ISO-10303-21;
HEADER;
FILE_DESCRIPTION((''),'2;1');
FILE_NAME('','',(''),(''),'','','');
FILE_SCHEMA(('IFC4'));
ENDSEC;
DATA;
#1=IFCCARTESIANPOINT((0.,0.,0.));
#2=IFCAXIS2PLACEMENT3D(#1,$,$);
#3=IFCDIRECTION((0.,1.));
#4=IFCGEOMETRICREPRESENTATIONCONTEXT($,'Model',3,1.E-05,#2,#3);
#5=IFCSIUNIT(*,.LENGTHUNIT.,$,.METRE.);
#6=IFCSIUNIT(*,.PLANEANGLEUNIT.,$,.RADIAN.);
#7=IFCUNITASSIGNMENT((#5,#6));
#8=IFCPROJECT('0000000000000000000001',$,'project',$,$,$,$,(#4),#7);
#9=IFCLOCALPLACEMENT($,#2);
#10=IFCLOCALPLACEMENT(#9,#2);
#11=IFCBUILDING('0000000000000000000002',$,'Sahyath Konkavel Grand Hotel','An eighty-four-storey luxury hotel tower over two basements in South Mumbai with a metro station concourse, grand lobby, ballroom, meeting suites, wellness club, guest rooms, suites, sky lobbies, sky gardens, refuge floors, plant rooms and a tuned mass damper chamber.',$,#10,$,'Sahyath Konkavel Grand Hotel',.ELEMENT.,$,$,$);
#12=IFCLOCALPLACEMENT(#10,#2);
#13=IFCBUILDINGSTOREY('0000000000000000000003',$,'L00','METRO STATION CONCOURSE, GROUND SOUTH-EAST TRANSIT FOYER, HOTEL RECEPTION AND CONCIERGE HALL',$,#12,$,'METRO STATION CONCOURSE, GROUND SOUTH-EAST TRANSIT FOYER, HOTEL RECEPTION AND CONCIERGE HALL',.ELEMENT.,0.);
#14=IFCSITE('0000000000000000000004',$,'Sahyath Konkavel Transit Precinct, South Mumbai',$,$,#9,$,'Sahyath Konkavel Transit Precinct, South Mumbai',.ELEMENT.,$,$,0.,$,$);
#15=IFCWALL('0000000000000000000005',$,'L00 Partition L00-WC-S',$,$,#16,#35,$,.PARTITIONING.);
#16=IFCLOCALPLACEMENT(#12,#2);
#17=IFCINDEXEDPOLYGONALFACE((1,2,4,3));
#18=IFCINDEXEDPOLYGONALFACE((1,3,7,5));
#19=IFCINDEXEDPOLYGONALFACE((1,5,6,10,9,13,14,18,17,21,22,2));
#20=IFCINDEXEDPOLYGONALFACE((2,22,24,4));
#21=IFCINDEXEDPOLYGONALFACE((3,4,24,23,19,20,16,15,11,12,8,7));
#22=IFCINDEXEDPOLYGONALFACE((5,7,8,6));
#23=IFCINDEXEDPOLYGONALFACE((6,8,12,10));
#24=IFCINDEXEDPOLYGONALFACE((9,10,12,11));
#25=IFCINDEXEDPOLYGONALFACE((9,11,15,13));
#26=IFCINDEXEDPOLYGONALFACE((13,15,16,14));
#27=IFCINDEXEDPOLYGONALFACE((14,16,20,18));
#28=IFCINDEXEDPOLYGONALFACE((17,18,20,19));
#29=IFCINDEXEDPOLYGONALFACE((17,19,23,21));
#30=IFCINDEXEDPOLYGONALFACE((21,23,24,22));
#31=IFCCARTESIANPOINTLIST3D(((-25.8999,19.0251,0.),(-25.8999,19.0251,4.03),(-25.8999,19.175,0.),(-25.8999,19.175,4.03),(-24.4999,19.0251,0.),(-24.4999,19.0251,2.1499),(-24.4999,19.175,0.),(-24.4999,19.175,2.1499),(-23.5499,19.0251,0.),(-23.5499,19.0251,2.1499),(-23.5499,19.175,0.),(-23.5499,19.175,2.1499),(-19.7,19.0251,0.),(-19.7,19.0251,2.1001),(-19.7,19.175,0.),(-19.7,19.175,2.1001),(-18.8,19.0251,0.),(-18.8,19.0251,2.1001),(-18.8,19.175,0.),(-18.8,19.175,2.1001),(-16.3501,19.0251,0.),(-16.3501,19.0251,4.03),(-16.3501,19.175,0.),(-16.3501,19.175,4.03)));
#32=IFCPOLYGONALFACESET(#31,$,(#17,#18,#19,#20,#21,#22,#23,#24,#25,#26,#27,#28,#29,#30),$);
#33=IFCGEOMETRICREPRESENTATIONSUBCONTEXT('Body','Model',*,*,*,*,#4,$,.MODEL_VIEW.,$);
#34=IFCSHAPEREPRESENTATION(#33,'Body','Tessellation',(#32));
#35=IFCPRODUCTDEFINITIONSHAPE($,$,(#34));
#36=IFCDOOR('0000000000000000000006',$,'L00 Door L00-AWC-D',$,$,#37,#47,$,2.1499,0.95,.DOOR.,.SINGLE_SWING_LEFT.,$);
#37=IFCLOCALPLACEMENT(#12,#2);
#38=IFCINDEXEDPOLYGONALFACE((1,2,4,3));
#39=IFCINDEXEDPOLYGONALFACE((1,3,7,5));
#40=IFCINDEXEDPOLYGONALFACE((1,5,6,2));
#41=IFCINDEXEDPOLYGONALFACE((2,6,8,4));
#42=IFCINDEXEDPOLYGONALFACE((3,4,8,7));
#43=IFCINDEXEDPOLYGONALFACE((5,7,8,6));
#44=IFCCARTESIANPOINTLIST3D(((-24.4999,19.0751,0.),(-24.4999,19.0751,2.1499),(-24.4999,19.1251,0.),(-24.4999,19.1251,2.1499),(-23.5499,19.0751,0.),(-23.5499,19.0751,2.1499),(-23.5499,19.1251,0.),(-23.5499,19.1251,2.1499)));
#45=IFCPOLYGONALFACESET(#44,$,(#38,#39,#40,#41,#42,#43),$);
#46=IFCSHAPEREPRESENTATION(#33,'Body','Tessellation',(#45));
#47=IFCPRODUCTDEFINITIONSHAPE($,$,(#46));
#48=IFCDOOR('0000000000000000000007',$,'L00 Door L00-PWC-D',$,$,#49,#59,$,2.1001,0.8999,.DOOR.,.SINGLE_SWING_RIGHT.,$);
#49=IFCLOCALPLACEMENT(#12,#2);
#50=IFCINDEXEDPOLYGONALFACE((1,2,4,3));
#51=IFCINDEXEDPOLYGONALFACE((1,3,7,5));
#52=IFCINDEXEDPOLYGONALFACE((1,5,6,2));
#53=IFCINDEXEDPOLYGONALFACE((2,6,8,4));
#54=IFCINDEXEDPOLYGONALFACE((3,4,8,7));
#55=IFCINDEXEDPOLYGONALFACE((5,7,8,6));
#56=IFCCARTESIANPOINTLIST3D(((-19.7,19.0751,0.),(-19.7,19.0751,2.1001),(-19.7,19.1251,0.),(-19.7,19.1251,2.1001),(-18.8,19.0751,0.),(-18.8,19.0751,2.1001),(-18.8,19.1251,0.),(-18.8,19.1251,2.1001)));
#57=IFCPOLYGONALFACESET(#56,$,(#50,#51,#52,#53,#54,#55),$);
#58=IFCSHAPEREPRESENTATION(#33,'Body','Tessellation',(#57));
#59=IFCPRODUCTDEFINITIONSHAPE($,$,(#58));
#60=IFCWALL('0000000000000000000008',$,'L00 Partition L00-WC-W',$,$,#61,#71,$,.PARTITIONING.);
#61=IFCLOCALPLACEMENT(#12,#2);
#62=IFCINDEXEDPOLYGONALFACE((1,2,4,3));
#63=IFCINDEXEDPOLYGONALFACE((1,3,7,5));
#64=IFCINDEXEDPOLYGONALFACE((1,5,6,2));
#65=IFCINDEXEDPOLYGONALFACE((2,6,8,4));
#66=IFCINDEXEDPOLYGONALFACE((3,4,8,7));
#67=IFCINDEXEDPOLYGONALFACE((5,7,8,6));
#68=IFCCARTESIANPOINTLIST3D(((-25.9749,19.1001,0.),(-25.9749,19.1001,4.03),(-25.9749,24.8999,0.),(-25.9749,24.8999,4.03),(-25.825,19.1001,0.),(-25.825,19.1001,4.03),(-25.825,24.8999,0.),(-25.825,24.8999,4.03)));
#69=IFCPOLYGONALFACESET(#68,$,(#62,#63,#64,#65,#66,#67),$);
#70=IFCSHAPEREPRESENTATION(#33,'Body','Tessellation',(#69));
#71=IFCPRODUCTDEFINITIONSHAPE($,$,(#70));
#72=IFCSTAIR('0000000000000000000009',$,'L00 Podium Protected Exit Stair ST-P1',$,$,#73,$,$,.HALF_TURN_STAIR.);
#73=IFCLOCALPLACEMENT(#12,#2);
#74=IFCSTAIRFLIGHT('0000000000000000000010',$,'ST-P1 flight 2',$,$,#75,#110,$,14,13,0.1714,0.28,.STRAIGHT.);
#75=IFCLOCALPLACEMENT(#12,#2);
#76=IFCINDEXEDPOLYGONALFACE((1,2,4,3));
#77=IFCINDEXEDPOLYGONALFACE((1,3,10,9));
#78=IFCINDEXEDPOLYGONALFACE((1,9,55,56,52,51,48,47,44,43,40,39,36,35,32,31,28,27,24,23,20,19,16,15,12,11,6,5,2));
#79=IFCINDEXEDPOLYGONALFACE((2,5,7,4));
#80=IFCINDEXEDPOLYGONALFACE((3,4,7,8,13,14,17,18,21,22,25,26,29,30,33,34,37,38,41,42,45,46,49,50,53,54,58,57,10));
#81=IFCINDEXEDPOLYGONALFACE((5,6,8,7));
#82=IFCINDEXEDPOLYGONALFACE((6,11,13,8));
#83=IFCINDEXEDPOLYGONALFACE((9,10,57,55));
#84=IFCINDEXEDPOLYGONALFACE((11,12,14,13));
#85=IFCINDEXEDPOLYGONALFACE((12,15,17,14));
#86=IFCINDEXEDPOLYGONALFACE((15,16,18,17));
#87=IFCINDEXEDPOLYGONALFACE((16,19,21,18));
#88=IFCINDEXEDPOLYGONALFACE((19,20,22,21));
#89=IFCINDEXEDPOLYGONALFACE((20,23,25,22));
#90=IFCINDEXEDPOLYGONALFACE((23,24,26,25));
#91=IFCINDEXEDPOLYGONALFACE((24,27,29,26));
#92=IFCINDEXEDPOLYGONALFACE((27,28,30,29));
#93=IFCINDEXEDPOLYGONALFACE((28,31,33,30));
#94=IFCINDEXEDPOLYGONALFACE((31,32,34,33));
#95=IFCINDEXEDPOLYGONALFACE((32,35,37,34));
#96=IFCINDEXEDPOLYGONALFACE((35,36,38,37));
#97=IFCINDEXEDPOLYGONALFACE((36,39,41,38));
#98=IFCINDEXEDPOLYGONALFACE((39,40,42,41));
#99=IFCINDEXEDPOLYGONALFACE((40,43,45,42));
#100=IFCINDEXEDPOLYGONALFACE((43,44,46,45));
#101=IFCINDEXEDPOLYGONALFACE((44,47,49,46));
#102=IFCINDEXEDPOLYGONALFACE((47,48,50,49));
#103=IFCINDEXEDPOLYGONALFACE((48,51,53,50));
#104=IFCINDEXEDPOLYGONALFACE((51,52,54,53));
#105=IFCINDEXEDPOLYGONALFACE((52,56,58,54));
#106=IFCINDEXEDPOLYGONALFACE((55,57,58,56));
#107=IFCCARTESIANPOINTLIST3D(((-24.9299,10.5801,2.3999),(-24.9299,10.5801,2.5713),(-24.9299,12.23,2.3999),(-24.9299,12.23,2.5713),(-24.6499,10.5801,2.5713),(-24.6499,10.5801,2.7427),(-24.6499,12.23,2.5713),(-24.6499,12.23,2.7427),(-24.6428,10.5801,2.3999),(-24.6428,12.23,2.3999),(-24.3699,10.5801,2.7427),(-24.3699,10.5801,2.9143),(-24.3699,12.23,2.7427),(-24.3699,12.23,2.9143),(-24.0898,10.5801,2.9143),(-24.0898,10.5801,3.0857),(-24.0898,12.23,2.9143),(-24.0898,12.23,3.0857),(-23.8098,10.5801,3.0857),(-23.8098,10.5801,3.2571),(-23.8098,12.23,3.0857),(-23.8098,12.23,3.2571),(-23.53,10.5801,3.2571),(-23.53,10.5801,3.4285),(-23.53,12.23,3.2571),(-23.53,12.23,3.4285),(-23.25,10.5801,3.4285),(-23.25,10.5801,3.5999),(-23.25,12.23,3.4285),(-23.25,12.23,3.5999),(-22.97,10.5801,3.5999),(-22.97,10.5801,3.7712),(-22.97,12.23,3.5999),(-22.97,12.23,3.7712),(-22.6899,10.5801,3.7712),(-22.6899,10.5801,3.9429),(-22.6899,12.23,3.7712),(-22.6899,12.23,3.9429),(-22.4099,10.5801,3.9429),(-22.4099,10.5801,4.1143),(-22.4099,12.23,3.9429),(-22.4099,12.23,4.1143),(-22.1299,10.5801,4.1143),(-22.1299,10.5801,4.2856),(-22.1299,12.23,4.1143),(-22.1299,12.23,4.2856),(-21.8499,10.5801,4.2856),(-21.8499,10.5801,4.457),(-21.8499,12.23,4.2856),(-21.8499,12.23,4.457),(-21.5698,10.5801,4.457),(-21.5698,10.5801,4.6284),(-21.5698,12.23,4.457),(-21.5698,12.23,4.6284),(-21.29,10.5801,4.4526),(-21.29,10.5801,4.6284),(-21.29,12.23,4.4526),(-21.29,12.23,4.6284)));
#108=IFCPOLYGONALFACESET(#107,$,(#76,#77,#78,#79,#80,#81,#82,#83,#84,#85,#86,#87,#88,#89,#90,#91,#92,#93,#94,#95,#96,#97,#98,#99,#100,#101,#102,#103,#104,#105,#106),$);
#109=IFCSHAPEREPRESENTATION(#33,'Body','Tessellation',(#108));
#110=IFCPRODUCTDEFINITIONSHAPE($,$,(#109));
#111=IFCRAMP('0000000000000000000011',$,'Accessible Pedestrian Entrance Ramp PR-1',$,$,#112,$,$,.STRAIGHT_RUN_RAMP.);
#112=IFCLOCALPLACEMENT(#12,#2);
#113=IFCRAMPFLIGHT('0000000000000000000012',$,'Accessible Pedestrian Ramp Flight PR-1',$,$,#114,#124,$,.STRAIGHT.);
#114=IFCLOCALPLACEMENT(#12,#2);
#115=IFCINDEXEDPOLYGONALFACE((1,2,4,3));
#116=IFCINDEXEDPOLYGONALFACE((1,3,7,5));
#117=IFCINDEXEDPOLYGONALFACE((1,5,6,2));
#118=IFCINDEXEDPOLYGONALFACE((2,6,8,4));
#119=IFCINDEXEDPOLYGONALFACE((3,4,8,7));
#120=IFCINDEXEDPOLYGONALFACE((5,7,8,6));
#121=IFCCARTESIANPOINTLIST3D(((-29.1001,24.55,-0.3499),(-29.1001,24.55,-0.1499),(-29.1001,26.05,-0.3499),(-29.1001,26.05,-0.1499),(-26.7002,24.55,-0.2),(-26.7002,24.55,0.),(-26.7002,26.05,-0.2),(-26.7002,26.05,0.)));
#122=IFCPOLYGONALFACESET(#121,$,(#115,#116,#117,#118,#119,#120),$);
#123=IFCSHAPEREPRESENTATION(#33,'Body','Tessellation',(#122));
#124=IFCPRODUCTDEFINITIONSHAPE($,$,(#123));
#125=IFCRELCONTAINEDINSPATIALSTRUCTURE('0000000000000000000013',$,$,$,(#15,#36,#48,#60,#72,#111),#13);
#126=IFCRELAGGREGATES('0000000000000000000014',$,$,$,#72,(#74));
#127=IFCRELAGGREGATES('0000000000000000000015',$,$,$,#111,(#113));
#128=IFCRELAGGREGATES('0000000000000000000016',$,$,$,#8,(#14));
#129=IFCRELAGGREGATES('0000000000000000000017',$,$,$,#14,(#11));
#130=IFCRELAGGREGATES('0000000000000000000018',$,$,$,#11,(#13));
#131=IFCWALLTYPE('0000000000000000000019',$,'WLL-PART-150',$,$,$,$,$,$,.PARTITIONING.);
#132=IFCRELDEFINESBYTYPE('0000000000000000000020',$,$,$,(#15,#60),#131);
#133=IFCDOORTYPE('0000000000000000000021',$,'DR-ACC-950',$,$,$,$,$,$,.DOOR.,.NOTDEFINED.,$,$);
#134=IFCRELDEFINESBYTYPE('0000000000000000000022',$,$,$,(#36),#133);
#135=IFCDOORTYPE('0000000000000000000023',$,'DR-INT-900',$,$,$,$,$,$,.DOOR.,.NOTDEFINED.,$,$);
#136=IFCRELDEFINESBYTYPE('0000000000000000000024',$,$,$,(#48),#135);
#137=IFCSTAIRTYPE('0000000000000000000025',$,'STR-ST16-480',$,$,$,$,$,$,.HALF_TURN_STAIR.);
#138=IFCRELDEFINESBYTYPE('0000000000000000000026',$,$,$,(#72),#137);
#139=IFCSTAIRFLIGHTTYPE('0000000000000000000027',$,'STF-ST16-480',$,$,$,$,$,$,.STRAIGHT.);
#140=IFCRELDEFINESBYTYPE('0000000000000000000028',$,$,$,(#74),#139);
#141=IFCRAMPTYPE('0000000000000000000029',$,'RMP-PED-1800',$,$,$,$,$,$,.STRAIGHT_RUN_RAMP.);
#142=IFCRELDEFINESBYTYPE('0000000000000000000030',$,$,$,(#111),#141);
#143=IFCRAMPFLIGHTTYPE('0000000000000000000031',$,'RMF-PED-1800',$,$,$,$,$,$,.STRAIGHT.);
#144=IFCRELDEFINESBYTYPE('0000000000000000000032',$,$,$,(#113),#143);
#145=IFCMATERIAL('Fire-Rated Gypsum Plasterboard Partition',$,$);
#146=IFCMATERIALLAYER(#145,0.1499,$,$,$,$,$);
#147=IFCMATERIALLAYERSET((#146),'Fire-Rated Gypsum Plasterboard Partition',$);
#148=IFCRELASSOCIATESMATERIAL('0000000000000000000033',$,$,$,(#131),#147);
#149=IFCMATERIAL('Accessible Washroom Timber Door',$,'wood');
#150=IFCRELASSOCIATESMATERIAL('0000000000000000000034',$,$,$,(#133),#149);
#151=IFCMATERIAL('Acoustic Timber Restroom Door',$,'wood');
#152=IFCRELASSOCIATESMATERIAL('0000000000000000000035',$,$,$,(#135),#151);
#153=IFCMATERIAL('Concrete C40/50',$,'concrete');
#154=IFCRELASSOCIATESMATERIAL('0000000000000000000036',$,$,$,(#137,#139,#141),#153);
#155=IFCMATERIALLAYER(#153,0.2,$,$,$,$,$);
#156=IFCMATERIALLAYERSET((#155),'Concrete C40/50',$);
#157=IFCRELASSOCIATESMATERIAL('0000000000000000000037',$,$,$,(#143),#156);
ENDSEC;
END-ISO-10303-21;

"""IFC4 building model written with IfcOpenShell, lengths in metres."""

from ifc_helpers import new_model, si_unit, direction, frame, frame_2d, origin, origin_2d, place, context, subcontext, project, spatial, polyline, rectangle, outline, extrude, source, transform, mapped, material, layer, layer_set, type_object, element, fill, aggregate, save


model = new_model("IFC4")

# Units and contexts
model_context = context("Model", 3, precision=1e-05, world=origin(), true_north=direction((0.0, 1.0)))
body_context = subcontext(model_context, "Body", "Model", "MODEL_VIEW")
ifc_project = project(units=[si_unit("LENGTHUNIT", "METRE"), si_unit("PLANEANGLEUNIT", "RADIAN")], contexts=[model_context])

# Site, building, storey
site_placement = place(None, origin())
site = spatial("IfcSite", under=ifc_project, at=site_placement, Name="Sahyath Konkavel Transit Precinct, South Mumbai", LongName="Sahyath Konkavel Transit Precinct, South Mumbai", CompositionType="ELEMENT", RefElevation=0.0)
building_placement = place(site_placement, origin())
building = spatial("IfcBuilding", under=site, at=building_placement, Name="Sahyath Konkavel Grand Hotel", Description="An eighty-four-storey luxury hotel tower over two basements in South Mumbai with a metro station concourse, grand lobby, ballroom, meeting suites, wellness club, guest rooms, suites, sky lobbies, sky gardens, refuge floors, plant rooms and a tuned mass damper chamber.", LongName="Sahyath Konkavel Grand Hotel", CompositionType="ELEMENT")
storey_placement = place(building_placement, origin())
storey = spatial("IfcBuildingStorey", under=building, at=storey_placement, Name="L00", Description="METRO STATION CONCOURSE, GROUND SOUTH-EAST TRANSIT FOYER, HOTEL RECEPTION AND CONCIERGE HALL", LongName="METRO STATION CONCOURSE, GROUND SOUTH-EAST TRANSIT FOYER, HOTEL RECEPTION AND CONCIERGE HALL", CompositionType="ELEMENT", Elevation=0.0)

# Shared definitions
ifc_material_1 = material(Name="Concrete C40/50", Category="concrete")

# Wall, openings, doors
ifc_material_2 = material(Name="Fire-Rated Gypsum Plasterboard Partition")
ifc_layer_1 = layer(ifc_material_2, 0.1499)
ifc_layer_set_1 = layer_set([ifc_layer_1], Name="Fire-Rated Gypsum Plasterboard Partition")
wall_type_1 = type_object("IfcWallType", Name="WLL-PART-150", PredefinedType="PARTITIONING", material=ifc_layer_set_1)
wall_1_placement = place(storey_placement, frame((-25.8999, 19.1001, 0.0), z_axis=(0.0, 0.0, 1.0), x_axis=(1.0, 0.0, 0.0)))
wall_1 = element("IfcWall", 1, at=wall_1_placement, inside=storey, type_object=wall_type_1, Name="L00 Partition L00-WC-S", PredefinedType="PARTITIONING", context=body_context, shape_type="SweptSolid", body=[
    extrude(rectangle(XDim=9.5498, YDim=0.1499, at=frame_2d((4.7749, 0.0))), origin(), (0.0, 0.0, 1.0), 4.03),
])
opening_1_placement = place(wall_1_placement, frame((1.3999, 0.0, 0.0)))
opening_1 = element("IfcOpeningElement", 2, at=opening_1_placement, cuts=wall_1, PredefinedType="OPENING", context=body_context, shape_type="SweptSolid", body=[
    extrude(rectangle(XDim=0.95, YDim=2.1499, at=frame_2d((0.4751, 1.075))), frame((0.0, 0.085, 0.0), z_axis=(0.0, -1.0, 0.0), x_axis=(1.0, 0.0, 0.0)), (0.0, 0.0, 1.0), 0.1699),
])
opening_2_placement = place(wall_1_placement, frame((6.2, 0.0, 0.0)))
opening_2 = element("IfcOpeningElement", 3, at=opening_2_placement, cuts=wall_1, PredefinedType="OPENING", context=body_context, shape_type="SweptSolid", body=[
    extrude(rectangle(XDim=0.8999, YDim=2.1001, at=frame_2d((0.45, 1.05))), frame((0.0, 0.085, 0.0), z_axis=(0.0, -1.0, 0.0), x_axis=(1.0, 0.0, 0.0)), (0.0, 0.0, 1.0), 0.1699),
])
ifc_material_3 = material(Name="Accessible Washroom Timber Door", Category="wood")
door_type_1 = type_object("IfcDoorType", Name="DR-ACC-950", OperationType="NOTDEFINED", PredefinedType="DOOR", material=ifc_material_3)
shared_shape_1 = source(origin(), body_context, "Body", "SweptSolid", [
    extrude(rectangle(XDim=0.95, YDim=0.05, at=origin_2d()), origin(), (0.0, 0.0, 1.0), 2.1499),
])
door_1_placement = place(opening_1_placement, frame((0.4751, 0.0, 0.0)))
door_1 = element("IfcDoor", 4, at=door_1_placement, inside=storey, type_object=door_type_1, Name="L00 Door L00-AWC-D", OperationType="SINGLE_SWING_LEFT", OverallHeight=2.1499, OverallWidth=0.95, PredefinedType="DOOR", context=body_context, shape_type="MappedRepresentation", body=[
    mapped(shared_shape_1, transform((0.0, 0.0, 0.0), scale=1.0)),
])
fill(opening_1, door_1)
ifc_material_4 = material(Name="Acoustic Timber Restroom Door", Category="wood")
door_type_2 = type_object("IfcDoorType", Name="DR-INT-900", OperationType="NOTDEFINED", PredefinedType="DOOR", material=ifc_material_4)
shared_shape_2 = source(origin(), body_context, "Body", "SweptSolid", [
    extrude(rectangle(XDim=0.8999, YDim=0.05, at=origin_2d()), origin(), (0.0, 0.0, 1.0), 2.1001),
])
door_2_placement = place(opening_2_placement, frame((0.45, 0.0, 0.0)))
door_2 = element("IfcDoor", 5, at=door_2_placement, inside=storey, type_object=door_type_2, Name="L00 Door L00-PWC-D", OperationType="SINGLE_SWING_RIGHT", OverallHeight=2.1001, OverallWidth=0.8999, PredefinedType="DOOR", context=body_context, shape_type="MappedRepresentation", body=[
    mapped(shared_shape_2, transform((0.0, 0.0, 0.0), scale=1.0)),
])
fill(opening_2, door_2)

# Wall
wall_2_placement = place(storey_placement, frame((-25.8999, 19.1001, 0.0), z_axis=(0.0, 0.0, 1.0), x_axis=(0.0, 1.0, 0.0)))
element("IfcWall", 6, at=wall_2_placement, inside=storey, type_object=wall_type_1, Name="L00 Partition L00-WC-W", PredefinedType="PARTITIONING", context=body_context, shape_type="SweptSolid", body=[
    extrude(rectangle(XDim=5.7998, YDim=0.1499, at=frame_2d((2.8999, 0.0))), origin(), (0.0, 0.0, 1.0), 4.03),
])

# Stair, stair flight
stair_type = type_object("IfcStairType", Name="STR-ST16-480", PredefinedType="HALF_TURN_STAIR", material=ifc_material_1)
stair_placement = place(storey_placement, origin())
stair = element("IfcStair", 7, at=stair_placement, inside=storey, type_object=stair_type, Name="L00 Podium Protected Exit Stair ST-P1", PredefinedType="HALF_TURN_STAIR")
stair_flight_type = type_object("IfcStairFlightType", Name="STF-ST16-480", PredefinedType="STRAIGHT", material=ifc_material_1)
stair_flight_placement = place(storey_placement, frame((-24.9299, 11.405, 2.3999), z_axis=(0.0, 0.0, 1.0), x_axis=(1.0, 0.0, 0.0)))
stair_flight = element("IfcStairFlight", 8, at=stair_flight_placement, type_object=stair_flight_type, Name="ST-P1 flight 2", NumberOfRisers=14, NumberOfTreads=13, PredefinedType="STRAIGHT", RiserHeight=0.1714, TreadLength=0.28, context=body_context, shape_type="SweptSolid", body=[
    extrude(outline(polyline([(0.0, 0.0), (0.0, 0.1714), (0.28, 0.1714), (0.28, 0.3428), (0.5601, 0.3428), (0.5601, 0.5144), (0.8401, 0.5144), (0.8401, 0.6858), (1.1201, 0.6858), (1.1201, 0.8572), (1.3999, 0.8572), (1.3999, 1.0286), (1.6799, 1.0286), (1.6799, 1.2), (1.96, 1.2), (1.96, 1.3713), (2.24, 1.3713), (2.24, 1.543), (2.52, 1.543), (2.52, 1.7144), (2.8, 1.7144), (2.8, 1.8857), (3.0801, 1.8857), (3.0801, 2.0571), (3.3601, 2.0571), (3.3601, 2.2285), (3.6399, 2.2285), (3.6399, 2.3999), (3.6399, 2.0527), (0.2871, 0.0), (0.0, 0.0)])), frame((0.0, 0.825, 0.0), z_axis=(0.0, -1.0, 0.0), x_axis=(1.0, 0.0, 0.0)), (0.0, 0.0, 1.0), 1.6499),
])
aggregate(stair, [stair_flight])

# Ramp, ramp flight
ramp_type = type_object("IfcRampType", Name="RMP-PED-1800", PredefinedType="STRAIGHT_RUN_RAMP", material=ifc_material_1)
ramp_placement = place(storey_placement, origin())
ramp = element("IfcRamp", 9, at=ramp_placement, inside=storey, type_object=ramp_type, Name="Accessible Pedestrian Entrance Ramp PR-1", PredefinedType="STRAIGHT_RUN_RAMP")
ifc_layer_2 = layer(ifc_material_1, 0.2)
ifc_layer_set_2 = layer_set([ifc_layer_2], Name="Concrete C40/50")
ramp_flight_type = type_object("IfcRampFlightType", Name="RMF-PED-1800", PredefinedType="STRAIGHT", material=ifc_layer_set_2)
ramp_flight_placement = place(storey_placement, frame((-29.1001, 25.3, -0.1499), z_axis=(0.0, 0.0, 1.0), x_axis=(1.0, 0.0, 0.0)))
ramp_flight = element("IfcRampFlight", 10, at=ramp_flight_placement, type_object=ramp_flight_type, Name="Accessible Pedestrian Ramp Flight PR-1", PredefinedType="STRAIGHT", context=body_context, shape_type="SweptSolid", body=[
    extrude(outline(polyline([(0.0, 0.0), (0.0, -0.2), (2.3999, -0.05), (2.3999, 0.1499), (0.0, 0.0)])), frame((0.0, 0.75, 0.0), z_axis=(0.0, -1.0, 0.0), x_axis=(1.0, 0.0, 0.0)), (0.0, 0.0, 1.0), 1.5),
])
aggregate(ramp, [ramp_flight])

save(model, "model.ifc")
